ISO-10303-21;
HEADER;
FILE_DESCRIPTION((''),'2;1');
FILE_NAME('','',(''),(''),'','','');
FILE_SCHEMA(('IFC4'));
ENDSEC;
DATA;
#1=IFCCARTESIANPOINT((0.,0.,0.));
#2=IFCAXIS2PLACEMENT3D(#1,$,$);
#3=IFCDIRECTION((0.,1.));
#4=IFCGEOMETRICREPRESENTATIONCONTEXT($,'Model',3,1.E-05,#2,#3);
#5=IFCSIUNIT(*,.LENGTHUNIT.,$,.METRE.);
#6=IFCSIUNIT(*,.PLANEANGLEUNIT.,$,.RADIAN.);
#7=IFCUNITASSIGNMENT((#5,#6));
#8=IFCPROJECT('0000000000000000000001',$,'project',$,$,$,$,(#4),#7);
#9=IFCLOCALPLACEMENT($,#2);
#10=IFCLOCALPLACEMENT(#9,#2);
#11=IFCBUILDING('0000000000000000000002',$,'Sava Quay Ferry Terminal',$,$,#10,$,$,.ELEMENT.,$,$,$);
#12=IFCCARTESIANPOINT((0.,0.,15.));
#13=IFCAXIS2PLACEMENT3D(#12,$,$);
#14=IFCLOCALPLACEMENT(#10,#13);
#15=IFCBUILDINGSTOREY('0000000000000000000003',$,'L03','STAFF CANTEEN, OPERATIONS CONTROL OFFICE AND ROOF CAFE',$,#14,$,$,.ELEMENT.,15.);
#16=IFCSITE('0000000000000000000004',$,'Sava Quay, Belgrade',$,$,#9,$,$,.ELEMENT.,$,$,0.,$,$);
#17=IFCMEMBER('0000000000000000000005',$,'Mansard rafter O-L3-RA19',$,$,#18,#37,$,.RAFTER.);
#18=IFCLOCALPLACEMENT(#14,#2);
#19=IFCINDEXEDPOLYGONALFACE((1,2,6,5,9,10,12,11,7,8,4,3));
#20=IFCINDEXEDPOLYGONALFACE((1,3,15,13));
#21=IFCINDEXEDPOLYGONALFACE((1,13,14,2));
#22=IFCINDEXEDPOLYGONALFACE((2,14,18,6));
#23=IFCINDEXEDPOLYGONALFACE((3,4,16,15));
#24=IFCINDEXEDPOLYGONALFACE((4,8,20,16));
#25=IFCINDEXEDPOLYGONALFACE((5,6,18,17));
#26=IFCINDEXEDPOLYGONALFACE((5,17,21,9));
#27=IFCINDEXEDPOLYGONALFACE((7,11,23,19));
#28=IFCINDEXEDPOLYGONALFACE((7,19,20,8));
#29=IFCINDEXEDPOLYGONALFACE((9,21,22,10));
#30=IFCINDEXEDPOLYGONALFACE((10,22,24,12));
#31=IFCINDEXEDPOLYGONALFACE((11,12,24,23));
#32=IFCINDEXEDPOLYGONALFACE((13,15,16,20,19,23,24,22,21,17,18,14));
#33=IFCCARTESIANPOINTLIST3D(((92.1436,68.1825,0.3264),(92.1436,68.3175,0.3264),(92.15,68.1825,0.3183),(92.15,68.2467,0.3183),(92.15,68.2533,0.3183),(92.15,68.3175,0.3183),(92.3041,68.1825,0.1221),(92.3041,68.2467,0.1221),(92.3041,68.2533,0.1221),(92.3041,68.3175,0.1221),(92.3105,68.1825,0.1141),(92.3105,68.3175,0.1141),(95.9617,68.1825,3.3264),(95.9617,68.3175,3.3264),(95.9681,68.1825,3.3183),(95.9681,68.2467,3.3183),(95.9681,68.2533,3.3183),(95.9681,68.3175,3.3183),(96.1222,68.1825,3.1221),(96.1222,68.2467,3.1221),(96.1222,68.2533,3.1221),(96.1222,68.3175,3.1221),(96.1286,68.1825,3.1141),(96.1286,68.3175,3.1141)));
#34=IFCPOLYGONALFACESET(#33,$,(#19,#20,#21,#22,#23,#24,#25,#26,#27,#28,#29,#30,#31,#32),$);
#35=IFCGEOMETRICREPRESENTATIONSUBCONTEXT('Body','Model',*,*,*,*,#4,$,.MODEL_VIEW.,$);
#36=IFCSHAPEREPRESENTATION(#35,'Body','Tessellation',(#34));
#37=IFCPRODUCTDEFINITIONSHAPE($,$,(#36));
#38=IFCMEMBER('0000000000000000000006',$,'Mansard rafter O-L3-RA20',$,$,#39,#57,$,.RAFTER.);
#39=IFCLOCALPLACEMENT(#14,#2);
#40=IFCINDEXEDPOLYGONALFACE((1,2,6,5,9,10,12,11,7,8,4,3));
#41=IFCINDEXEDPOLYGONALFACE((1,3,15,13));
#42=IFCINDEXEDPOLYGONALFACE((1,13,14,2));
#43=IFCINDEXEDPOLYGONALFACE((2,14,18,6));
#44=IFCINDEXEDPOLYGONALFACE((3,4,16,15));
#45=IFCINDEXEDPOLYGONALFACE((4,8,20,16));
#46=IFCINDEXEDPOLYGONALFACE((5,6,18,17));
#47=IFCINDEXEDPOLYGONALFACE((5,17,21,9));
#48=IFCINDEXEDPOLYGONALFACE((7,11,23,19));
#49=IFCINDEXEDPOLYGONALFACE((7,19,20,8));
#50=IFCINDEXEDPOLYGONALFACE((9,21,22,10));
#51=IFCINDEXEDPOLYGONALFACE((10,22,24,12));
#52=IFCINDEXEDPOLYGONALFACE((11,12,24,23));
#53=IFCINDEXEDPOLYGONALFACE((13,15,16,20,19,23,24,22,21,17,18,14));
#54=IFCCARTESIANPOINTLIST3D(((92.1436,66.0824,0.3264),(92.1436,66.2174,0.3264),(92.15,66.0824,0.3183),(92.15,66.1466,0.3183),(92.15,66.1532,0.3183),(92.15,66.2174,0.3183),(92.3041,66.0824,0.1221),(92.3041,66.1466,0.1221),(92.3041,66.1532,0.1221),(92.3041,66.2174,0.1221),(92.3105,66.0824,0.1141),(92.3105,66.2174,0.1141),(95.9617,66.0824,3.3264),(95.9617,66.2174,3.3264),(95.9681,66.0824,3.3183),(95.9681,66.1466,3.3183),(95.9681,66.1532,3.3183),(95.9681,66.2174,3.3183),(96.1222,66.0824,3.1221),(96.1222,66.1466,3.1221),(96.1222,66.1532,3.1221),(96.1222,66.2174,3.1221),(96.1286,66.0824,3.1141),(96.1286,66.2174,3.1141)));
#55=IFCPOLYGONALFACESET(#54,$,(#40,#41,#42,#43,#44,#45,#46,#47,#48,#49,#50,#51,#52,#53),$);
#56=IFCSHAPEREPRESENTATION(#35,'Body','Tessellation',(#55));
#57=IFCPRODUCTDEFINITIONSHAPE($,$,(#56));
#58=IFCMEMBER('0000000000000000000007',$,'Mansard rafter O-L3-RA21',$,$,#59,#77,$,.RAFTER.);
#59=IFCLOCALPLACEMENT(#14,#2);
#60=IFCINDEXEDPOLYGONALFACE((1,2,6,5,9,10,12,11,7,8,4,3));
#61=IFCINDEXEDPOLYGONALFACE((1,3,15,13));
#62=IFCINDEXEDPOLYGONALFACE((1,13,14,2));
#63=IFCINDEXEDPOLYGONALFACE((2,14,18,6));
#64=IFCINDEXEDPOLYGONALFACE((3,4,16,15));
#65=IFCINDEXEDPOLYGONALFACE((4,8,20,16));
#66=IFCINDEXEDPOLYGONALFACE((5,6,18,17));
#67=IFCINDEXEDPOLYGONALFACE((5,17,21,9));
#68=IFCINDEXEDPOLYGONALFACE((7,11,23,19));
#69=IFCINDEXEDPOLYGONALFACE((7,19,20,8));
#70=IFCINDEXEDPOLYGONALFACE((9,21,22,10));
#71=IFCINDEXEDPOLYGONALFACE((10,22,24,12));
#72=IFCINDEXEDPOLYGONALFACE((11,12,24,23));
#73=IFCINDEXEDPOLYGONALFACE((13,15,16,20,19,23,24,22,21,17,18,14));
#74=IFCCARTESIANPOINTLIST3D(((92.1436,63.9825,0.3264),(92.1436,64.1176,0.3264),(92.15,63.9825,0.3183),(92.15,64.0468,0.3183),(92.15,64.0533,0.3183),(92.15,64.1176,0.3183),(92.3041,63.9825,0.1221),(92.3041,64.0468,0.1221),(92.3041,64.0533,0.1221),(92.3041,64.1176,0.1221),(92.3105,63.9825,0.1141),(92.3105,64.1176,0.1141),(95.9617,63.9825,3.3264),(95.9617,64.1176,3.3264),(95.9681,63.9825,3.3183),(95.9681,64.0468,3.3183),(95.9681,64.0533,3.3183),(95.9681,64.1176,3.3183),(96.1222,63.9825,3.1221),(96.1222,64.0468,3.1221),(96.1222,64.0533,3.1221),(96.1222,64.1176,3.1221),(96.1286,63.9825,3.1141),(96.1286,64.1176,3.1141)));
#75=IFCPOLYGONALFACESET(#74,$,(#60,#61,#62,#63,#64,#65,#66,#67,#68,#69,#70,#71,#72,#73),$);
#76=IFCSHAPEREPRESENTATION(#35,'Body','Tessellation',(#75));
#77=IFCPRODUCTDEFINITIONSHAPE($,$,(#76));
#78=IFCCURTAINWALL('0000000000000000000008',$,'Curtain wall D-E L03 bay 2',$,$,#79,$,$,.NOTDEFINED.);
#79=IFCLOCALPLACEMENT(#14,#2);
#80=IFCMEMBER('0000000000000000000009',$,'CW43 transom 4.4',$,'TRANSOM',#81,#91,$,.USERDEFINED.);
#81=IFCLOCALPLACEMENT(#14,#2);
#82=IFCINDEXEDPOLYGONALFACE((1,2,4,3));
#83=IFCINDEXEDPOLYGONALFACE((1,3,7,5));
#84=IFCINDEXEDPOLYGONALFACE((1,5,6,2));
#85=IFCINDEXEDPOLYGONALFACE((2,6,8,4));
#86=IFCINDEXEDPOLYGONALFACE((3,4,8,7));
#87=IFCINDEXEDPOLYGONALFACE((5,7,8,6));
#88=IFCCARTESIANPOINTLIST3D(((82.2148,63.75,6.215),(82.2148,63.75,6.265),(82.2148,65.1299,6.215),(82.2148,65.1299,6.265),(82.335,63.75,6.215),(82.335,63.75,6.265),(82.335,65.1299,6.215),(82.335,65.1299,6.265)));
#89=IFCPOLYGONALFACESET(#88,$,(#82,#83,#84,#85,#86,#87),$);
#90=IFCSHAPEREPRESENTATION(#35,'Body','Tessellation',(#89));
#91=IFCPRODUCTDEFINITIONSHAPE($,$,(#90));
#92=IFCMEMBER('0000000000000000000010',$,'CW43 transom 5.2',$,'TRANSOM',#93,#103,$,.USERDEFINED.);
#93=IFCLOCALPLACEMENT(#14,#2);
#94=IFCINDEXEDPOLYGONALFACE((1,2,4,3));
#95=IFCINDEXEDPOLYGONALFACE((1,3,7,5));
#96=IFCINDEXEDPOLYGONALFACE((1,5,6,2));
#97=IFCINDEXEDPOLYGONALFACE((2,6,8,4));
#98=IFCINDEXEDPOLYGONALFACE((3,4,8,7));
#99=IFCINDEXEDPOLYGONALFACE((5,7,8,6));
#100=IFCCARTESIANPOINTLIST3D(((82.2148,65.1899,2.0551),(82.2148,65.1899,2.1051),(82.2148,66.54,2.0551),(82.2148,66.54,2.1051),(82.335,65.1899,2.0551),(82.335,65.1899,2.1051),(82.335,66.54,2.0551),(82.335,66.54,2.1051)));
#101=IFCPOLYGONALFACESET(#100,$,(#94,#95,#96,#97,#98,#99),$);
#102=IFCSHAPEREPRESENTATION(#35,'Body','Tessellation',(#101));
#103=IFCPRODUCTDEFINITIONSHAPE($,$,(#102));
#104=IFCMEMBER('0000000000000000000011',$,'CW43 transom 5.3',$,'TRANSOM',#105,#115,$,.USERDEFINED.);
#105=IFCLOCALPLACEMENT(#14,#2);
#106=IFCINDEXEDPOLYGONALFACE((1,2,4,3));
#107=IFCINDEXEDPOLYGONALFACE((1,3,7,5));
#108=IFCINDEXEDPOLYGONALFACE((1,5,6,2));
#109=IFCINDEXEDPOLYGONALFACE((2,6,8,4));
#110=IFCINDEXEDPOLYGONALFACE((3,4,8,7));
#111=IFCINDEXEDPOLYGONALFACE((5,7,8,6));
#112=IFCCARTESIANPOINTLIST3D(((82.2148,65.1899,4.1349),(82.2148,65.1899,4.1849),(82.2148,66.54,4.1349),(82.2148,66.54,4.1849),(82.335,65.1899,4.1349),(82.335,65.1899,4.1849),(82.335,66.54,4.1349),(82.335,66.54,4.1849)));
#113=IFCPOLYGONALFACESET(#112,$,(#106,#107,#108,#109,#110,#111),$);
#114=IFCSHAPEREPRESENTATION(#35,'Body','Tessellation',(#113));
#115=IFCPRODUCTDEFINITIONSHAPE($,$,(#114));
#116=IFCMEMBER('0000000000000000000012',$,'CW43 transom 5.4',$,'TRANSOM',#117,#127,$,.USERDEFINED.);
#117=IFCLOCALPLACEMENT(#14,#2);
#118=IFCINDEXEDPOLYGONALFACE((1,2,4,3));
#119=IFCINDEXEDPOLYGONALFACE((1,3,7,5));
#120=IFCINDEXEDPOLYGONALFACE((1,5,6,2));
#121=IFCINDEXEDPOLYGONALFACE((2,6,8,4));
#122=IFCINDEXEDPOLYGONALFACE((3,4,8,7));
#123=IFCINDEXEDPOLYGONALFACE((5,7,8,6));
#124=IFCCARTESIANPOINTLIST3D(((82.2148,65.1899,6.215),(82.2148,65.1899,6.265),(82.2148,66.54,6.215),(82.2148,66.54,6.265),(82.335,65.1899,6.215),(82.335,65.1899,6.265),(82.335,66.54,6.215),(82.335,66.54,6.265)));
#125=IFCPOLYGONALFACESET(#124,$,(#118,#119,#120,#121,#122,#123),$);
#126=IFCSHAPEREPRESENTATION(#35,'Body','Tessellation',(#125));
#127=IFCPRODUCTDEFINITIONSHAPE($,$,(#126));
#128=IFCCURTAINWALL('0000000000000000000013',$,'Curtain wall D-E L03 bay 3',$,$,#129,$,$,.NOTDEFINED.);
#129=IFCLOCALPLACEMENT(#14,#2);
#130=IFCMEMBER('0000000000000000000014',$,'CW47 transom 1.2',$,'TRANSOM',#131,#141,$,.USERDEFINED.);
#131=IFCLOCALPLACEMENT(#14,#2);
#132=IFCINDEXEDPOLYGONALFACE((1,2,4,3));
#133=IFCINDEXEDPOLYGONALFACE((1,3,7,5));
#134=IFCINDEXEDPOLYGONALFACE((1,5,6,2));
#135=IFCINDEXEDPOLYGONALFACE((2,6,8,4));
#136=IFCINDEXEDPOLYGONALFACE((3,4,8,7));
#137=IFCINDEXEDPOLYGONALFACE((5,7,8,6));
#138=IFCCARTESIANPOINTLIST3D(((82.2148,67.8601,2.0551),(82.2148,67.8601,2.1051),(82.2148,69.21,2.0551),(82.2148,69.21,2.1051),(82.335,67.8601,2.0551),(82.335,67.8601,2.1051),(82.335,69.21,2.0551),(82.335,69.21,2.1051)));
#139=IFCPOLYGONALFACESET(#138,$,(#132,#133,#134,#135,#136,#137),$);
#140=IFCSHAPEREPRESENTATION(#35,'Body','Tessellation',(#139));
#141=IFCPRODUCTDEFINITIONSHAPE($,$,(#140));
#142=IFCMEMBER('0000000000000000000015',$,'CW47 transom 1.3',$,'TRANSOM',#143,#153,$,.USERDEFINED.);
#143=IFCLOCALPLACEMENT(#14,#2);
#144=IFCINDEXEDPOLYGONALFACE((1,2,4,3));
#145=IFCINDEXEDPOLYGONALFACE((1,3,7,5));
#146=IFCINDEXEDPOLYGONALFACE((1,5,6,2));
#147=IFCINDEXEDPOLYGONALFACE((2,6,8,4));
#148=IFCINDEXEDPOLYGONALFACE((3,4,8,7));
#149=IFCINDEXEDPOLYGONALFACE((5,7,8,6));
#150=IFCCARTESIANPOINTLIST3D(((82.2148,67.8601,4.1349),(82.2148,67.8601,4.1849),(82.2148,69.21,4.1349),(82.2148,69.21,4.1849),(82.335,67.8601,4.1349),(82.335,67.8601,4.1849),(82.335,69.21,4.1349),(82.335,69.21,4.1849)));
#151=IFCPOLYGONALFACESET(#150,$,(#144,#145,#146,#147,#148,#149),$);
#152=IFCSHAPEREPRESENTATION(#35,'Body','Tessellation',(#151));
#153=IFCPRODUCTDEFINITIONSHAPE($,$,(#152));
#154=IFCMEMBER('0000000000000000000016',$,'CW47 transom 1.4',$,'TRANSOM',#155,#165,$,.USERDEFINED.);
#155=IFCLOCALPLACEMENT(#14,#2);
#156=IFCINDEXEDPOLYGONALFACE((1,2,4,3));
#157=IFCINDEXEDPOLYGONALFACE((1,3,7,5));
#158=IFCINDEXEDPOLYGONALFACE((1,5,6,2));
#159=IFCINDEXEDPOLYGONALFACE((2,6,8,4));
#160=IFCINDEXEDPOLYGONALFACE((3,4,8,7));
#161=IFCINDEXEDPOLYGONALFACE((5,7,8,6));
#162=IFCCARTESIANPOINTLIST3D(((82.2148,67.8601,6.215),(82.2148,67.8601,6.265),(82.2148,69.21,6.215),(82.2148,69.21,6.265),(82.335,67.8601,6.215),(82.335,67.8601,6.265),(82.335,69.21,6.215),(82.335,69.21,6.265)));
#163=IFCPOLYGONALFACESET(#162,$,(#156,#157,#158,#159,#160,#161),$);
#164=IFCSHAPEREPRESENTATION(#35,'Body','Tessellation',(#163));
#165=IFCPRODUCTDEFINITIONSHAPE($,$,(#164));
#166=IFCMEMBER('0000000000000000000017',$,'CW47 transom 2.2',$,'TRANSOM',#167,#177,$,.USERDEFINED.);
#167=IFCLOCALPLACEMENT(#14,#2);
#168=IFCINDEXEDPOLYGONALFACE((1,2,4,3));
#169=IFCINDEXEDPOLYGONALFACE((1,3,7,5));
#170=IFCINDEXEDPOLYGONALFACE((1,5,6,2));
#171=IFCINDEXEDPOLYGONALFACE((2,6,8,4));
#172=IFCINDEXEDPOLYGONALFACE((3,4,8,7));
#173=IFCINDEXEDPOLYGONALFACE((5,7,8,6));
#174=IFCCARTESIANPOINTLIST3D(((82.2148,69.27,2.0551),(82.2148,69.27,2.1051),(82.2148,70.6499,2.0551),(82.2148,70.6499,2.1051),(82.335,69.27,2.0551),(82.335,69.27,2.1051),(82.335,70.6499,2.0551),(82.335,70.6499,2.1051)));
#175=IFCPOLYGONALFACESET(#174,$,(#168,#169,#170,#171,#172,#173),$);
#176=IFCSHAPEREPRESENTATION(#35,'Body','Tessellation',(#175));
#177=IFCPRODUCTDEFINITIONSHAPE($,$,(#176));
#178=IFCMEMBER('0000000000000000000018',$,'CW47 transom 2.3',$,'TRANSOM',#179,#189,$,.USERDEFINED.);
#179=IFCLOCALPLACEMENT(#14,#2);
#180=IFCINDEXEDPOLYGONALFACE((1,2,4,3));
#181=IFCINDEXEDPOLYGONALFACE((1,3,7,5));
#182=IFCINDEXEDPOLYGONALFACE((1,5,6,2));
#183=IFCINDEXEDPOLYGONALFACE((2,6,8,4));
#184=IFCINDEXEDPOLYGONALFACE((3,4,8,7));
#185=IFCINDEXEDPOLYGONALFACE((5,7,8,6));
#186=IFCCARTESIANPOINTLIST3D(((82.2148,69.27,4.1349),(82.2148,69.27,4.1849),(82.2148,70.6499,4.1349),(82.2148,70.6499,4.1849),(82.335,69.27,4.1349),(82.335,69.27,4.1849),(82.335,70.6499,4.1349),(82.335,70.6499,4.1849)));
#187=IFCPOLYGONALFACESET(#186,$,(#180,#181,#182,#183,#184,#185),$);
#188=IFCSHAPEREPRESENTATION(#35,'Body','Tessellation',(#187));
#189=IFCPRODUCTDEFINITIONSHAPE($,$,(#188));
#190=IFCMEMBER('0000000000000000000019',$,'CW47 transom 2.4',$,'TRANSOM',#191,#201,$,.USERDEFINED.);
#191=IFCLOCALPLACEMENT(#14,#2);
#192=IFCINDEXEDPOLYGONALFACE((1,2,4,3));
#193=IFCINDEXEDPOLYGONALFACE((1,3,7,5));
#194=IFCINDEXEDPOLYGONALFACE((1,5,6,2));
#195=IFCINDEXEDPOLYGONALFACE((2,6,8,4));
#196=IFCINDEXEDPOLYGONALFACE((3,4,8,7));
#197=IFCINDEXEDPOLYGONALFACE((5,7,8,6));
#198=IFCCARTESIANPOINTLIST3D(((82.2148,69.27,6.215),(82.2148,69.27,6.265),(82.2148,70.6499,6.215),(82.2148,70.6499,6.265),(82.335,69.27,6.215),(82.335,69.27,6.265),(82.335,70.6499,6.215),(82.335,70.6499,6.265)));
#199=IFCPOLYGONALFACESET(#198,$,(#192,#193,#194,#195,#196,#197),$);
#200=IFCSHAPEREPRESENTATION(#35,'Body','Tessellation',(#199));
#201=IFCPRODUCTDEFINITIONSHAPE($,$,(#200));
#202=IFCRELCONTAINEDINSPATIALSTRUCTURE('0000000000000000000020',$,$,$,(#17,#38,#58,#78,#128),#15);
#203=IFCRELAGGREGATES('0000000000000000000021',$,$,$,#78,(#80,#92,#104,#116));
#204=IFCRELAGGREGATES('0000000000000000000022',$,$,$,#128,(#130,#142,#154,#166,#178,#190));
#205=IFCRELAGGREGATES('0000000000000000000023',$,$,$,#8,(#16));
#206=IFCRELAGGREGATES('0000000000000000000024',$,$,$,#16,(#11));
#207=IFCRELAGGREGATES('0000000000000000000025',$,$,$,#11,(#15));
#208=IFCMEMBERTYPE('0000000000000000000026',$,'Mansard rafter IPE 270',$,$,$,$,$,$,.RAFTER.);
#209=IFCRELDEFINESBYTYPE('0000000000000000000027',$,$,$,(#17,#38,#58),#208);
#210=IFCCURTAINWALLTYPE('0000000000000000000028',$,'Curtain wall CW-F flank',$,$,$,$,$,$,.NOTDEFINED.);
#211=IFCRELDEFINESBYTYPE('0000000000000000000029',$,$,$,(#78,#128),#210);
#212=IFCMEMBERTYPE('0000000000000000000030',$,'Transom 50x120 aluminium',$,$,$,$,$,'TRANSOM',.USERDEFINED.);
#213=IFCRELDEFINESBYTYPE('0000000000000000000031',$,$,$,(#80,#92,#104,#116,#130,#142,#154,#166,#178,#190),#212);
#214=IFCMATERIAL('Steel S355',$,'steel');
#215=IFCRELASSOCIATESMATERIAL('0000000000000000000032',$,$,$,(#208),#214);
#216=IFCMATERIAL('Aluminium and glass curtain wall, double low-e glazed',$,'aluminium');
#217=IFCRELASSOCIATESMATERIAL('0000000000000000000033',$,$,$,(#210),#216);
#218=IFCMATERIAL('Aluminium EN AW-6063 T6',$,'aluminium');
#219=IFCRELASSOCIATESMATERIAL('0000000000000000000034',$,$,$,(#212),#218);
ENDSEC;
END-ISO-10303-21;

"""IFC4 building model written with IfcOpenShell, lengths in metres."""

from ifc_helpers import new_model, si_unit, direction, frame, origin, origin_2d, place, context, subcontext, project, spatial, rectangle, i_section, extrude, material, material_profile, profile_set, type_object, element, aggregate, save


model = new_model("IFC4")

# Units and contexts
model_context = context("Model", 3, precision=1e-05, world=origin(), true_north=direction((0.0, 1.0)))
body_context = subcontext(model_context, "Body", "Model", "MODEL_VIEW")
ifc_project = project(units=[si_unit("LENGTHUNIT", "METRE"), si_unit("PLANEANGLEUNIT", "RADIAN")], contexts=[model_context])

# Site, building, storey
site_placement = place(None, origin())
site = spatial("IfcSite", under=ifc_project, at=site_placement, Name="Sava Quay, Belgrade", CompositionType="ELEMENT", RefElevation=0.0)
building_placement = place(site_placement, origin())
building = spatial("IfcBuilding", under=site, at=building_placement, Name="Sava Quay Ferry Terminal", CompositionType="ELEMENT")
storey_placement = place(building_placement, frame((0.0, 0.0, 15.0)))
storey = spatial("IfcBuildingStorey", under=building, at=storey_placement, Name="L03", Description="STAFF CANTEEN, OPERATIONS CONTROL OFFICE AND ROOF CAFE", CompositionType="ELEMENT", Elevation=15.0)

# Members
ifc_material_1 = material(Name="Steel S355", Category="steel")
ifc_material_profile_1 = material_profile(ifc_material_1, i_section(OverallWidth=0.135, OverallDepth=0.27, WebThickness=0.0066, FlangeThickness=0.0103, at=origin_2d()), Name="IPE 270")
ifc_profile_set_1 = profile_set([ifc_material_profile_1], Name="Steel S355")
member_type_1 = type_object("IfcMemberType", Name="Mansard rafter IPE 270", PredefinedType="RAFTER", material=ifc_profile_set_1)
for number, where, z_axis, x_axis, name in (
    (1, (92.2271, 68.25, 0.2202), (0.786313, 0.0, 0.617828), (0.0, 1.0, 0.0), "Mansard rafter O-L3-RA19"),
    (2, (92.2271, 66.1499, 0.2202), (0.786313, 0.0, 0.617828), (0.0, 1.0, 0.0), "Mansard rafter O-L3-RA20"),
    (3, (92.2271, 64.05, 0.2202), (0.786313, 0.0, 0.617828), (0.0, 1.0, 0.0), "Mansard rafter O-L3-RA21"),
):
    element("IfcMember", number, at=place(storey_placement, frame(where, z_axis=z_axis, x_axis=x_axis)), inside=storey, type_object=member_type_1, Name=name, PredefinedType="RAFTER", context=body_context, shape_type="SweptSolid", body=[
        extrude(i_section(OverallWidth=0.135, OverallDepth=0.27, WebThickness=0.0066, FlangeThickness=0.0103, at=origin_2d()), origin(), (0.0, 0.0, 1.0), 4.8557),
    ])

# Curtain walls, members
ifc_material_2 = material(Name="Aluminium and glass curtain wall, double low-e glazed", Category="aluminium")
curtain_wall_type = type_object("IfcCurtainWallType", Name="Curtain wall CW-F flank", PredefinedType="NOTDEFINED", material=ifc_material_2)
curtain_wall_1_placement = place(storey_placement, origin())
curtain_wall_1 = element("IfcCurtainWall", 4, at=curtain_wall_1_placement, inside=storey, type_object=curtain_wall_type, Name="Curtain wall D-E L03 bay 2", PredefinedType="NOTDEFINED")
ifc_material_3 = material(Name="Aluminium EN AW-6063 T6", Category="aluminium")
ifc_material_profile_2 = material_profile(ifc_material_3, rectangle(XDim=0.1201, YDim=0.05, at=origin_2d()), Name="Transom 50x120 aluminium")
ifc_profile_set_2 = profile_set([ifc_material_profile_2], Name="Aluminium EN AW-6063 T6")
member_type_2 = type_object("IfcMemberType", Name="Transom 50x120 aluminium", ElementType="TRANSOM", PredefinedType="USERDEFINED", material=ifc_profile_set_2)
member_1_placement = place(storey_placement, frame((82.2749, 63.75, 6.24), z_axis=(0.0, 1.0, 0.0), x_axis=(-1.0, 0.0, 0.0)))
member_1 = element("IfcMember", 5, at=member_1_placement, type_object=member_type_2, Name="CW43 transom 4.4", ObjectType="TRANSOM", PredefinedType="USERDEFINED", context=body_context, shape_type="SweptSolid", body=[
    extrude(rectangle(XDim=0.1201, YDim=0.05, at=origin_2d()), origin(), (0.0, 0.0, 1.0), 1.3799),
])
member_2_placement = place(storey_placement, frame((82.2749, 65.1899, 2.0801), z_axis=(0.0, 1.0, 0.0), x_axis=(-1.0, 0.0, 0.0)))
member_2 = element("IfcMember", 6, at=member_2_placement, type_object=member_type_2, Name="CW43 transom 5.2", ObjectType="TRANSOM", PredefinedType="USERDEFINED", context=body_context, shape_type="SweptSolid", body=[
    extrude(rectangle(XDim=0.1201, YDim=0.05, at=origin_2d()), origin(), (0.0, 0.0, 1.0), 1.3501),
])
member_3_placement = place(storey_placement, frame((82.2749, 65.1899, 4.1599), z_axis=(0.0, 1.0, 0.0), x_axis=(-1.0, 0.0, 0.0)))
member_3 = element("IfcMember", 7, at=member_3_placement, type_object=member_type_2, Name="CW43 transom 5.3", ObjectType="TRANSOM", PredefinedType="USERDEFINED", context=body_context, shape_type="SweptSolid", body=[
    extrude(rectangle(XDim=0.1201, YDim=0.05, at=origin_2d()), origin(), (0.0, 0.0, 1.0), 1.3501),
])
member_4_placement = place(storey_placement, frame((82.2749, 65.1899, 6.24), z_axis=(0.0, 1.0, 0.0), x_axis=(-1.0, 0.0, 0.0)))
member_4 = element("IfcMember", 8, at=member_4_placement, type_object=member_type_2, Name="CW43 transom 5.4", ObjectType="TRANSOM", PredefinedType="USERDEFINED", context=body_context, shape_type="SweptSolid", body=[
    extrude(rectangle(XDim=0.1201, YDim=0.05, at=origin_2d()), origin(), (0.0, 0.0, 1.0), 1.3501),
])
curtain_wall_2_placement = place(storey_placement, origin())
curtain_wall_2 = element("IfcCurtainWall", 9, at=curtain_wall_2_placement, inside=storey, type_object=curtain_wall_type, Name="Curtain wall D-E L03 bay 3", PredefinedType="NOTDEFINED")
member_5_placement = place(storey_placement, frame((82.2749, 67.8601, 2.0801), z_axis=(0.0, 1.0, 0.0), x_axis=(-1.0, 0.0, 0.0)))
member_5 = element("IfcMember", 10, at=member_5_placement, type_object=member_type_2, Name="CW47 transom 1.2", ObjectType="TRANSOM", PredefinedType="USERDEFINED", context=body_context, shape_type="SweptSolid", body=[
    extrude(rectangle(XDim=0.1201, YDim=0.05, at=origin_2d()), origin(), (0.0, 0.0, 1.0), 1.3499),
])
member_6_placement = place(storey_placement, frame((82.2749, 67.8601, 4.1599), z_axis=(0.0, 1.0, 0.0), x_axis=(-1.0, 0.0, 0.0)))
member_6 = element("IfcMember", 11, at=member_6_placement, type_object=member_type_2, Name="CW47 transom 1.3", ObjectType="TRANSOM", PredefinedType="USERDEFINED", context=body_context, shape_type="SweptSolid", body=[
    extrude(rectangle(XDim=0.1201, YDim=0.05, at=origin_2d()), origin(), (0.0, 0.0, 1.0), 1.3499),
])
member_7_placement = place(storey_placement, frame((82.2749, 67.8601, 6.24), z_axis=(0.0, 1.0, 0.0), x_axis=(-1.0, 0.0, 0.0)))
member_7 = element("IfcMember", 12, at=member_7_placement, type_object=member_type_2, Name="CW47 transom 1.4", ObjectType="TRANSOM", PredefinedType="USERDEFINED", context=body_context, shape_type="SweptSolid", body=[
    extrude(rectangle(XDim=0.1201, YDim=0.05, at=origin_2d()), origin(), (0.0, 0.0, 1.0), 1.3499),
])
member_8_placement = place(storey_placement, frame((82.2749, 69.27, 2.0801), z_axis=(0.0, 1.0, 0.0), x_axis=(-1.0, 0.0, 0.0)))
member_8 = element("IfcMember", 13, at=member_8_placement, type_object=member_type_2, Name="CW47 transom 2.2", ObjectType="TRANSOM", PredefinedType="USERDEFINED", context=body_context, shape_type="SweptSolid", body=[
    extrude(rectangle(XDim=0.1201, YDim=0.05, at=origin_2d()), origin(), (0.0, 0.0, 1.0), 1.3799),
])
member_9_placement = place(storey_placement, frame((82.2749, 69.27, 4.1599), z_axis=(0.0, 1.0, 0.0), x_axis=(-1.0, 0.0, 0.0)))
member_9 = element("IfcMember", 14, at=member_9_placement, type_object=member_type_2, Name="CW47 transom 2.3", ObjectType="TRANSOM", PredefinedType="USERDEFINED", context=body_context, shape_type="SweptSolid", body=[
    extrude(rectangle(XDim=0.1201, YDim=0.05, at=origin_2d()), origin(), (0.0, 0.0, 1.0), 1.3799),
])
member_10_placement = place(storey_placement, frame((82.2749, 69.27, 6.24), z_axis=(0.0, 1.0, 0.0), x_axis=(-1.0, 0.0, 0.0)))
member_10 = element("IfcMember", 15, at=member_10_placement, type_object=member_type_2, Name="CW47 transom 2.4", ObjectType="TRANSOM", PredefinedType="USERDEFINED", context=body_context, shape_type="SweptSolid", body=[
    extrude(rectangle(XDim=0.1201, YDim=0.05, at=origin_2d()), origin(), (0.0, 0.0, 1.0), 1.3799),
])

aggregate(curtain_wall_1, [member_1, member_2, member_3, member_4])
aggregate(curtain_wall_2, [member_5, member_6, member_7, member_8, member_9, member_10])

save(model, "model.ifc")
